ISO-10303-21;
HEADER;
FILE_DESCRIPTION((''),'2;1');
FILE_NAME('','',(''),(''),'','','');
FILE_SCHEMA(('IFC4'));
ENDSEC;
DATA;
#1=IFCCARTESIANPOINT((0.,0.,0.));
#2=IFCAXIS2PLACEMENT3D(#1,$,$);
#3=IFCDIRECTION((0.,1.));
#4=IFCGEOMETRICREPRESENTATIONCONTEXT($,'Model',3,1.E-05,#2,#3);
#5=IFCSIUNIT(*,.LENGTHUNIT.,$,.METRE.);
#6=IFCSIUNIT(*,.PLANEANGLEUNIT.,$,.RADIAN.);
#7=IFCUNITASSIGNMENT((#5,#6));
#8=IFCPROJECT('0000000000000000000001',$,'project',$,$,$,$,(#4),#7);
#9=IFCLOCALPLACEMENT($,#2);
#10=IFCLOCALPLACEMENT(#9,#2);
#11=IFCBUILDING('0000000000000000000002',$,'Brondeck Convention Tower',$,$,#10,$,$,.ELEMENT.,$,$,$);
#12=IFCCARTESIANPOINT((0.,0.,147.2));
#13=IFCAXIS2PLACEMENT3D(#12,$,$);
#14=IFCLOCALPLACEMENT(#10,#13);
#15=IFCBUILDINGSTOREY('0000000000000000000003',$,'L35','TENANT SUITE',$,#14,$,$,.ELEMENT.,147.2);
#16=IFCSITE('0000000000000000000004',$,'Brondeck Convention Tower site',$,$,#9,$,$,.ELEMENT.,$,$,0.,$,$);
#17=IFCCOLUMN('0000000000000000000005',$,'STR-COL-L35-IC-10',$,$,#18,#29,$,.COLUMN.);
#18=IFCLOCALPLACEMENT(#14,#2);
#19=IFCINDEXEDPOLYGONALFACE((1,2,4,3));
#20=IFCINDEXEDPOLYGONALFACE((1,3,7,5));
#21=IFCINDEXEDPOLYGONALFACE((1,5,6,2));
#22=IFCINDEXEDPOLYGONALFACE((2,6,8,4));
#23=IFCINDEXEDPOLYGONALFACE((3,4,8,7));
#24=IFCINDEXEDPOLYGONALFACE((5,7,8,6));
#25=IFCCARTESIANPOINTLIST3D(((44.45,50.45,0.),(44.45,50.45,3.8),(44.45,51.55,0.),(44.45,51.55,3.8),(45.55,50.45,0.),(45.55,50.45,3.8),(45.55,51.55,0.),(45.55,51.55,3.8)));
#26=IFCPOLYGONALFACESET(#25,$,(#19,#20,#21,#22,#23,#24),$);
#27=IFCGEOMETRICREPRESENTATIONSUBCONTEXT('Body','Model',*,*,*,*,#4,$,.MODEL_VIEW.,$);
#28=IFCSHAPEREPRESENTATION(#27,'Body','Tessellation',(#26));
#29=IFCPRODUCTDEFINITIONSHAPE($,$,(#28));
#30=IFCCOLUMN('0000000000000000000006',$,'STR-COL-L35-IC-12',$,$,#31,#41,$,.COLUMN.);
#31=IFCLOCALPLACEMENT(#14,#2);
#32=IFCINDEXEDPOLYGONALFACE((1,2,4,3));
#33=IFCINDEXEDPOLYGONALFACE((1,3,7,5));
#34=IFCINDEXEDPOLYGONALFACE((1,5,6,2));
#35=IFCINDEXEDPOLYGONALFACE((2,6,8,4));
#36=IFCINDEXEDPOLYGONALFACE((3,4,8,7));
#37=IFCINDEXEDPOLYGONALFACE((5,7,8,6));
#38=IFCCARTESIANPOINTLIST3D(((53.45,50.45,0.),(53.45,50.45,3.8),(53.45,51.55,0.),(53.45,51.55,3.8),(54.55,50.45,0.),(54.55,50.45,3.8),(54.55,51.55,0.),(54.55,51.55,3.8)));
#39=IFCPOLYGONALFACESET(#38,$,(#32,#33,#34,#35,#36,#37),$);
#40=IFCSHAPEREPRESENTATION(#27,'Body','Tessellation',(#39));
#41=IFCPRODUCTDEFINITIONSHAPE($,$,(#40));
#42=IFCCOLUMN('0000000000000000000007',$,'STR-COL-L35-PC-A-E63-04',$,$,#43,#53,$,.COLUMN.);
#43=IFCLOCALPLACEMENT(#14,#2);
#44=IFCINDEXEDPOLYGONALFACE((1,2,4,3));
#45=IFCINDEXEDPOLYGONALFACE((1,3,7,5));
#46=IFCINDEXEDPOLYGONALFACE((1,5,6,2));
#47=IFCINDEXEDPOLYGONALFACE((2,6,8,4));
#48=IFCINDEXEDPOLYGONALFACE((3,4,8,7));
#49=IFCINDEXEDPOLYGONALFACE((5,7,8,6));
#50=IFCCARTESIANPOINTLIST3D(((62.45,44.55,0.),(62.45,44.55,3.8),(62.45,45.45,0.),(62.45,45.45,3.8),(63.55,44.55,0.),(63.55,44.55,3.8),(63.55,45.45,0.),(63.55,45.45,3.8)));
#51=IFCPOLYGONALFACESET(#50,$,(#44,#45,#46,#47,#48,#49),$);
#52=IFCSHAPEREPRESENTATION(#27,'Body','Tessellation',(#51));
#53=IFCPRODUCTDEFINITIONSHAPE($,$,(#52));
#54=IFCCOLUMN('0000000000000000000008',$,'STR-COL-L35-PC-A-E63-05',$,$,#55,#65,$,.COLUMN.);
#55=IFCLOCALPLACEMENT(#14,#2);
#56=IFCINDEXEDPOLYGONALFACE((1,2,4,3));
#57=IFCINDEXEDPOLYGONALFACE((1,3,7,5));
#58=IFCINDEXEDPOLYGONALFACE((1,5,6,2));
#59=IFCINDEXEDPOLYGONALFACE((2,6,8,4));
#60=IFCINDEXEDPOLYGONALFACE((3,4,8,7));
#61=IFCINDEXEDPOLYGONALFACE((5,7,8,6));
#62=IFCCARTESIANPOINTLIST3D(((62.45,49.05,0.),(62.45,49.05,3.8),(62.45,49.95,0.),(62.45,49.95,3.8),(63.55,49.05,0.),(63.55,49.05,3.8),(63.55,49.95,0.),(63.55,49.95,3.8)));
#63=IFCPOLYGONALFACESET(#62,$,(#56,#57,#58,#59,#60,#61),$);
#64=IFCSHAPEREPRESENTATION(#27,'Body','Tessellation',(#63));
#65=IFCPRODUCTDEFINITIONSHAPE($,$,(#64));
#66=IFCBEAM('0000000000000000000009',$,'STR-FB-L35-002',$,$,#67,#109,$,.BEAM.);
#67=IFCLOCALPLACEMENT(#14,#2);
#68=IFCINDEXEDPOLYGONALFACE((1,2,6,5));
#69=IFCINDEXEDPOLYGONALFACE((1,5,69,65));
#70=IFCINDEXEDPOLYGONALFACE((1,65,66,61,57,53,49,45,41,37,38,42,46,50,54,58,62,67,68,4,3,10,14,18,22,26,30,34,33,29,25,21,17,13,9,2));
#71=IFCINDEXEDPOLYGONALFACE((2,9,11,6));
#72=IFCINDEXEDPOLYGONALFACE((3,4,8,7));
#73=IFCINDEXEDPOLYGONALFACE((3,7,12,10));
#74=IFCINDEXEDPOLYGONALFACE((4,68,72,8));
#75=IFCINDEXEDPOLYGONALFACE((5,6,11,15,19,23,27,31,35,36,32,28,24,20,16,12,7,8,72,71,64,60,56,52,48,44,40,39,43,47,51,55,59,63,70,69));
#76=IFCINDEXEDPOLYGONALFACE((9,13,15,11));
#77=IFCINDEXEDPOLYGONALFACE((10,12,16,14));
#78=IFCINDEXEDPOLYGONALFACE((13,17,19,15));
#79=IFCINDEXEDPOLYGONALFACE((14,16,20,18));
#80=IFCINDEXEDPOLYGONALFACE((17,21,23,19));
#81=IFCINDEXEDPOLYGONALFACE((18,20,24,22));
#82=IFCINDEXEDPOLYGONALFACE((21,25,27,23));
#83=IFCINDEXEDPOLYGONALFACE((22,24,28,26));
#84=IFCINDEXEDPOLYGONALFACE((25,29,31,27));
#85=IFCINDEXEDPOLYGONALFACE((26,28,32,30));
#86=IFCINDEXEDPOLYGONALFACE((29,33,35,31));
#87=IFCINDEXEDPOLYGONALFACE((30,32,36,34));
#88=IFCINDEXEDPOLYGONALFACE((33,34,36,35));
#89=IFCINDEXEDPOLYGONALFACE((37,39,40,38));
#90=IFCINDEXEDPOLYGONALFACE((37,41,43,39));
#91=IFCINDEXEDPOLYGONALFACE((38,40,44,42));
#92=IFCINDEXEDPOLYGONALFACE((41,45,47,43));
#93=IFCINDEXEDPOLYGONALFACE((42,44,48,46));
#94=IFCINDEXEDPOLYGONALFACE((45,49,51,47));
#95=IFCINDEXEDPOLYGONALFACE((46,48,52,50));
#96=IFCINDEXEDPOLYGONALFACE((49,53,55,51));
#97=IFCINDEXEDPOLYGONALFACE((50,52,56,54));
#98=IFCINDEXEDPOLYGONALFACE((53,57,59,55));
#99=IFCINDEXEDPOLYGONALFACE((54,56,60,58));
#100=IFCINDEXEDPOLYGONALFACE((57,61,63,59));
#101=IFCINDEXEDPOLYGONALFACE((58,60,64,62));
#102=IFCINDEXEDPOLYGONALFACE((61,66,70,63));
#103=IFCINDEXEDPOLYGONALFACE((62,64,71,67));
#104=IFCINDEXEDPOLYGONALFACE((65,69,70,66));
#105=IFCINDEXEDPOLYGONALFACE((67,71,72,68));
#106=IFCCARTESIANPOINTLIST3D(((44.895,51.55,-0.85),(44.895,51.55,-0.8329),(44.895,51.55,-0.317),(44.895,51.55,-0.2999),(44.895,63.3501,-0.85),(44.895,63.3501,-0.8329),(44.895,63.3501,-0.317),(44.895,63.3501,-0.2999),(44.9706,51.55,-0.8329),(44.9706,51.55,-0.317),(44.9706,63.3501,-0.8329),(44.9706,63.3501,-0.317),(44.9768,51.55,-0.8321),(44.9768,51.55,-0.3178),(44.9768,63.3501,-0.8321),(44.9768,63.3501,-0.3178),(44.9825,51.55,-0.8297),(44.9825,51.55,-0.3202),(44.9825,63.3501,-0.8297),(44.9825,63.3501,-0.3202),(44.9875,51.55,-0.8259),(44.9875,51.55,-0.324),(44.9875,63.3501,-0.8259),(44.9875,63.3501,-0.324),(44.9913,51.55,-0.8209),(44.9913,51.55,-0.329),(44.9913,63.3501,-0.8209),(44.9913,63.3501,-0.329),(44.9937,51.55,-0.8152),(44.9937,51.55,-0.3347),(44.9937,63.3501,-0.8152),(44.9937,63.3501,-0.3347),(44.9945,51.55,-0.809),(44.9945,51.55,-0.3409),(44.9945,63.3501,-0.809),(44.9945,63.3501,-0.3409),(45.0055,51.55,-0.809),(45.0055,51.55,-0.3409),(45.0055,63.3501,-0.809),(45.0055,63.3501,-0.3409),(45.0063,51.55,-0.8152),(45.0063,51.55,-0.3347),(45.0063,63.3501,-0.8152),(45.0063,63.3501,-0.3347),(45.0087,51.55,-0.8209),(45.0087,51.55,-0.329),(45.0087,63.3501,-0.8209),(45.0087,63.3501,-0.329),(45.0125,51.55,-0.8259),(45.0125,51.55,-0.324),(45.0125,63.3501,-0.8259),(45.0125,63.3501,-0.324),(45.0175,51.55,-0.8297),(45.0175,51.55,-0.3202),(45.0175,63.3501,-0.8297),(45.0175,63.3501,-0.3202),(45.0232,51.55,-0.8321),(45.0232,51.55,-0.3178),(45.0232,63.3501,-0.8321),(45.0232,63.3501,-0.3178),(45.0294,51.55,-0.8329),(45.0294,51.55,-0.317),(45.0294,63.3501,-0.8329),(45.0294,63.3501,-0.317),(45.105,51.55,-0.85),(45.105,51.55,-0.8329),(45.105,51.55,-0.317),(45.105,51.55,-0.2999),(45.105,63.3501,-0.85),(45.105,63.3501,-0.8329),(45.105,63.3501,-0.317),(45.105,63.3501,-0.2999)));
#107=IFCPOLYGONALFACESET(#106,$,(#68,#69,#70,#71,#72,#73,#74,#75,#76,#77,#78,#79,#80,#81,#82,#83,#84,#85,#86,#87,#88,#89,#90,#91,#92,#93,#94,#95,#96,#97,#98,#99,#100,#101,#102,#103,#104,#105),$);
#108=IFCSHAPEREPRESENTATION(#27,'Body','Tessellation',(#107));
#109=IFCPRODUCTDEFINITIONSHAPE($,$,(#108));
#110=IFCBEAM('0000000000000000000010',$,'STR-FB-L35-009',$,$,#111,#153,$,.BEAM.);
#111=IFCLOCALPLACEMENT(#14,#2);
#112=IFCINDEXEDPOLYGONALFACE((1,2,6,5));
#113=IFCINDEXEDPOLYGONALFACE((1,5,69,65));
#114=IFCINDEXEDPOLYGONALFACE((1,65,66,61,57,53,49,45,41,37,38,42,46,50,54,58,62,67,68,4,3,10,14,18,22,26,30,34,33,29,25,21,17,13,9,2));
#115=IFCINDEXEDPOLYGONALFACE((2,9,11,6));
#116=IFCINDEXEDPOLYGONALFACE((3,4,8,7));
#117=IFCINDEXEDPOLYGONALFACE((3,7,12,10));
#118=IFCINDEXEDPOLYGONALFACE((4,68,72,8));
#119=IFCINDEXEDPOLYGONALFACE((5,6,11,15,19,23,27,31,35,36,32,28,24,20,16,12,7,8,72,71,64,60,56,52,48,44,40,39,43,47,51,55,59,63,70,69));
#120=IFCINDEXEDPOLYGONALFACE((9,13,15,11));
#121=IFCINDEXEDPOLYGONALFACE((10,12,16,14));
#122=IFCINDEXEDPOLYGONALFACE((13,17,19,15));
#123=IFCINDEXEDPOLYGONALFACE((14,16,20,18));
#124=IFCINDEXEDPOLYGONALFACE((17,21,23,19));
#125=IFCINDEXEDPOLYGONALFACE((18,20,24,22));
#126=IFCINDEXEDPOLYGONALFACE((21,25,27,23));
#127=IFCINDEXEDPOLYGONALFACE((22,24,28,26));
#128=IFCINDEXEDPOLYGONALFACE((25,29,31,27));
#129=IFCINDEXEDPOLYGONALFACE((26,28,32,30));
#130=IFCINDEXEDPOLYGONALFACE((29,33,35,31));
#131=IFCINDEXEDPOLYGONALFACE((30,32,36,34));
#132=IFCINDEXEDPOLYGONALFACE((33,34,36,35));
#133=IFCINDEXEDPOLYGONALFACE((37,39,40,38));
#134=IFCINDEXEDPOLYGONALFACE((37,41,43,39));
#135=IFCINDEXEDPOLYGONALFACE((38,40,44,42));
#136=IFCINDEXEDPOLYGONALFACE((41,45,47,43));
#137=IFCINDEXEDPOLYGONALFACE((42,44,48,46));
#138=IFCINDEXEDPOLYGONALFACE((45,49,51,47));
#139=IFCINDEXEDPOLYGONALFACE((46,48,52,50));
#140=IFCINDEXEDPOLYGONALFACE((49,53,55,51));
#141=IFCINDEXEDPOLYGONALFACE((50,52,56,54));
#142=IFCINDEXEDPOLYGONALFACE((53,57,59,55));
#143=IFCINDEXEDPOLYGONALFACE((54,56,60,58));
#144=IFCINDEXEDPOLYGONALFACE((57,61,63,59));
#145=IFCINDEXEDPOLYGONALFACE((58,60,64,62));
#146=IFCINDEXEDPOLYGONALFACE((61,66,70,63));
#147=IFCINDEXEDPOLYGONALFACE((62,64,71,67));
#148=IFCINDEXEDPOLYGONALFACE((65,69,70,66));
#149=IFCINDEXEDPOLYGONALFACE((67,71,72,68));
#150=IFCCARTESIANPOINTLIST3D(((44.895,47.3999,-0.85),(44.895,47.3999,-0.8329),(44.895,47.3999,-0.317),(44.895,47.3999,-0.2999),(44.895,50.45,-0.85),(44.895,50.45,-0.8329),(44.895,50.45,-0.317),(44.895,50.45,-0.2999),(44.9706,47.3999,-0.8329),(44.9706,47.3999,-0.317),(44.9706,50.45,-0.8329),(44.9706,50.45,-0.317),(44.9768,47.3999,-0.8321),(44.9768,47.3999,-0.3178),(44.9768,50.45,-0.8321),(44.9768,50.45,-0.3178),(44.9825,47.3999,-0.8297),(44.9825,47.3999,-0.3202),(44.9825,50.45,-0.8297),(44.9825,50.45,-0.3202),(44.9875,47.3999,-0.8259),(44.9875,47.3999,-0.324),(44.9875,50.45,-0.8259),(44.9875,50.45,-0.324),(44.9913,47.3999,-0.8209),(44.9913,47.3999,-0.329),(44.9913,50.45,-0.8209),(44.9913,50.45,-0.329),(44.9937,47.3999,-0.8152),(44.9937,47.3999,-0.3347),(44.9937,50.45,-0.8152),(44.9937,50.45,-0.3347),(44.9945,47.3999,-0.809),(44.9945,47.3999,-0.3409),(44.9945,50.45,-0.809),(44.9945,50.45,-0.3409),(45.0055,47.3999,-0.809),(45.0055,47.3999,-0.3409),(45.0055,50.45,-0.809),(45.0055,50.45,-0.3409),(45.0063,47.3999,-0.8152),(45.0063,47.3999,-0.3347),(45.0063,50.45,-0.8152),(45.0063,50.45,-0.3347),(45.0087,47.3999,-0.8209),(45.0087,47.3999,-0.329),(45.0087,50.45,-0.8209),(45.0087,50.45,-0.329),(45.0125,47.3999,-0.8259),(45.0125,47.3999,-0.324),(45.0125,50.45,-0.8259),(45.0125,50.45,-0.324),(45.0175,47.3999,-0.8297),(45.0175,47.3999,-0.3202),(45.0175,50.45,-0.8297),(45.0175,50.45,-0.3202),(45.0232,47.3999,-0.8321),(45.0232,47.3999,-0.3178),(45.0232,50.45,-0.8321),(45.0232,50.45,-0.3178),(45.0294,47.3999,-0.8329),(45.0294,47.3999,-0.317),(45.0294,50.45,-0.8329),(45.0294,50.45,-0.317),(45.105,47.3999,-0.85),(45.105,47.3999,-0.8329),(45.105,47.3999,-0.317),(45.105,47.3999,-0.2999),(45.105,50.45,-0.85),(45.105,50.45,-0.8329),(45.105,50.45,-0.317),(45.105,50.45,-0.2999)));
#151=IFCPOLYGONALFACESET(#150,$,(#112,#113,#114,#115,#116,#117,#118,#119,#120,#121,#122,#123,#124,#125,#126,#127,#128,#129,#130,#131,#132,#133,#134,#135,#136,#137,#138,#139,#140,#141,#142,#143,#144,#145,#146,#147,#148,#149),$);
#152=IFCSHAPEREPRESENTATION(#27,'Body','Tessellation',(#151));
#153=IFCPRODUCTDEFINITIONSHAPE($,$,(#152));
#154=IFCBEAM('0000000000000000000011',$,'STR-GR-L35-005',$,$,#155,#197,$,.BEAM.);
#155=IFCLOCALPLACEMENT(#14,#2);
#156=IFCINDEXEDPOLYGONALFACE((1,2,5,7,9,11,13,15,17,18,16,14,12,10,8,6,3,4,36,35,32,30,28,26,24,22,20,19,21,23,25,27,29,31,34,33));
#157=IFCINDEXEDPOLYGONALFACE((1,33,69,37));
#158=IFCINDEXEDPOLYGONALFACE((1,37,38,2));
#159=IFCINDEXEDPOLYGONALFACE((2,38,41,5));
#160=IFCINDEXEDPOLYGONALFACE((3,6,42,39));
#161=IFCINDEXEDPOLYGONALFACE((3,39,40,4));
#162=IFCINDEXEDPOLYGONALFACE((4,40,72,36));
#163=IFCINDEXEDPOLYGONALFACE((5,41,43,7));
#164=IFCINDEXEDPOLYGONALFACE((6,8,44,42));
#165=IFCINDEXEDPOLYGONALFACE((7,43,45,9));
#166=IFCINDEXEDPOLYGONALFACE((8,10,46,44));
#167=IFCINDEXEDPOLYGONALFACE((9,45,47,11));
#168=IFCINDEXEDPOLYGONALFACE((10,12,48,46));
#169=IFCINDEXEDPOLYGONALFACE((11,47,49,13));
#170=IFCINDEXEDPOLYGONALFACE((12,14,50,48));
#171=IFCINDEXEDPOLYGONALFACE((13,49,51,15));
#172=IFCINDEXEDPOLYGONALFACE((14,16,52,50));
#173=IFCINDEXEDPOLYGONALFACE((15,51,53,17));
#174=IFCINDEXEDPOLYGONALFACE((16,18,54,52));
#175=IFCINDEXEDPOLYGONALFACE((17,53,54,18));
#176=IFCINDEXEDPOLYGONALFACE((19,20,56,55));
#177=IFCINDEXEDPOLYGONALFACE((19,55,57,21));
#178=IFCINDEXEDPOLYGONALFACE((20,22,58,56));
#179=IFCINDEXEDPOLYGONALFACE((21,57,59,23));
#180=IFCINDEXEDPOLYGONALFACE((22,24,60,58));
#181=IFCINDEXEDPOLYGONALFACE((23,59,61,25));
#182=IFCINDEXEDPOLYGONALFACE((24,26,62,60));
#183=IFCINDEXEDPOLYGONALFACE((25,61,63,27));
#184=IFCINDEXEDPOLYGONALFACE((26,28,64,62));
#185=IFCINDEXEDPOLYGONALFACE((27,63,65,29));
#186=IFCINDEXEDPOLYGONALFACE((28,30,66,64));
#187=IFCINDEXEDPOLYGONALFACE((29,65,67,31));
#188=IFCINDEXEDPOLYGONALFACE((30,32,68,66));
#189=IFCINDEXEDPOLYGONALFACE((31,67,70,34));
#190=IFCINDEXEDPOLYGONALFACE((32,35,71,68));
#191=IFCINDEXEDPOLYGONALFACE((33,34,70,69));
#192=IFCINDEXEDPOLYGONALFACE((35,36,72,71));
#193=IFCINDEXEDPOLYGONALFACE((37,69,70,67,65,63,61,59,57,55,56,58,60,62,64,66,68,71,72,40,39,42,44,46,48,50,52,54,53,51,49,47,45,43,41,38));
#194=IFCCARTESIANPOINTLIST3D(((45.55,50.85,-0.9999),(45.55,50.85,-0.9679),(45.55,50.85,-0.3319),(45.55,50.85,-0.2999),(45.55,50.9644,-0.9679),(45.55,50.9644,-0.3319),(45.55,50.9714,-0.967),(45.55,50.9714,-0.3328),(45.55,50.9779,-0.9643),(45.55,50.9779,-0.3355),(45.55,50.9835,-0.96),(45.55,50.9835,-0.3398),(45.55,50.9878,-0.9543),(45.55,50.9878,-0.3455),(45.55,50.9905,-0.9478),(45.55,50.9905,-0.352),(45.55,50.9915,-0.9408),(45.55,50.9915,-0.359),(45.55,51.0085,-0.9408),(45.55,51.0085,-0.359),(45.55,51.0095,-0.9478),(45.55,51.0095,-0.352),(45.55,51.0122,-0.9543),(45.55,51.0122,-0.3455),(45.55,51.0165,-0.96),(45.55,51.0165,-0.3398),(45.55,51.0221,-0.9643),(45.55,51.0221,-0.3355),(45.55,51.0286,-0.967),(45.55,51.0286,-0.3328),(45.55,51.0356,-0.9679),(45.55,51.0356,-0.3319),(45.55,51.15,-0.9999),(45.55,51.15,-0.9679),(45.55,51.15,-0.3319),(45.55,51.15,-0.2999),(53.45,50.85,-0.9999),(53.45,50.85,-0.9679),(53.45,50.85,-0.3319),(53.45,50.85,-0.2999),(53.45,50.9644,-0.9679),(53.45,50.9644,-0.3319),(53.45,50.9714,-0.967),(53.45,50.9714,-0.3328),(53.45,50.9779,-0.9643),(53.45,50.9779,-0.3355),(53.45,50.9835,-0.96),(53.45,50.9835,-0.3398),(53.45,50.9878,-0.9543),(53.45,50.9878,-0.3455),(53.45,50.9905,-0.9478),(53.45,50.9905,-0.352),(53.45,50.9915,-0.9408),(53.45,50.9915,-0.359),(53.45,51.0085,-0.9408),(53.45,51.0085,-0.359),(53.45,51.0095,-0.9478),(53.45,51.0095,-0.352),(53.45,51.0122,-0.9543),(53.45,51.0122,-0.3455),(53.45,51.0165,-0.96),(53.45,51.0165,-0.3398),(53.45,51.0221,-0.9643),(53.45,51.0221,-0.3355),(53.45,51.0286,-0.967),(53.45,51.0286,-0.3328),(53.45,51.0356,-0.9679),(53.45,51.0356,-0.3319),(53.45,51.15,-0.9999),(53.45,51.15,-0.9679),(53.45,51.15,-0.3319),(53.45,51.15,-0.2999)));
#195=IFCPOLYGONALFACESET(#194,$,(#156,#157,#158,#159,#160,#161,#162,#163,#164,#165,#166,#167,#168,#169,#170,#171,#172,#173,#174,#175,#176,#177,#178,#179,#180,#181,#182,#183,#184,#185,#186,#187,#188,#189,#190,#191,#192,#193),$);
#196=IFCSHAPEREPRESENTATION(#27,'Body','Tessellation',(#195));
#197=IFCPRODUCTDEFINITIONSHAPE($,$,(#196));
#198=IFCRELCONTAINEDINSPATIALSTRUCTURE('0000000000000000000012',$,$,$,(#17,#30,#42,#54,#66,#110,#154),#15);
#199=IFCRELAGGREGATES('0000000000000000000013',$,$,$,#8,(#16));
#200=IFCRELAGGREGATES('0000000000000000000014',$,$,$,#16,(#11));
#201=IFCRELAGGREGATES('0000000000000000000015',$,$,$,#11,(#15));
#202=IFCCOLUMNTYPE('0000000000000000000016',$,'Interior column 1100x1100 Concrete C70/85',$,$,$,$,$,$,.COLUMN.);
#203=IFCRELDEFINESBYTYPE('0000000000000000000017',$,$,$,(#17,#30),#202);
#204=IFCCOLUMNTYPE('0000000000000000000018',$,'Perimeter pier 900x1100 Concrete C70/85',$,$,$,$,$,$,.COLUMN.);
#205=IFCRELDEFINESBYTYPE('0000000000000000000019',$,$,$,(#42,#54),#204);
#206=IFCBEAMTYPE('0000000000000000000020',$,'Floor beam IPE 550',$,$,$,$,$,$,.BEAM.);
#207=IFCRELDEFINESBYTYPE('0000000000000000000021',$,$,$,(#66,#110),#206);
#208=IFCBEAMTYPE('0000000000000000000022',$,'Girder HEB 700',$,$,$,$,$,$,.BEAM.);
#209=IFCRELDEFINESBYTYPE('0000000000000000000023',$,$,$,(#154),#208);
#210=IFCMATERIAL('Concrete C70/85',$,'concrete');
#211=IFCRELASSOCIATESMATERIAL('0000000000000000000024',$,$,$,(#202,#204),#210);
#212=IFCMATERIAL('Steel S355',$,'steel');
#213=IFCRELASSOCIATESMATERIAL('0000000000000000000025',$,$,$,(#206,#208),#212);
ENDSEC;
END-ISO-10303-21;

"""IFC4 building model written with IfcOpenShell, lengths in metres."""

from ifc_helpers import new_model, si_unit, direction, frame, origin, origin_2d, place, context, subcontext, project, spatial, rectangle, i_section, extrude, material, material_profile, profile_set, type_object, element, save


model = new_model("IFC4")

# Units and contexts
model_context = context("Model", 3, precision=1e-05, world=origin(), true_north=direction((0.0, 1.0)))
body_context = subcontext(model_context, "Body", "Model", "MODEL_VIEW")
ifc_project = project(units=[si_unit("LENGTHUNIT", "METRE"), si_unit("PLANEANGLEUNIT", "RADIAN")], contexts=[model_context])

# Site, building, storey
site_placement = place(None, origin())
site = spatial("IfcSite", under=ifc_project, at=site_placement, Name="Brondeck Convention Tower site", CompositionType="ELEMENT", RefElevation=0.0)
building_placement = place(site_placement, origin())
building = spatial("IfcBuilding", under=site, at=building_placement, Name="Brondeck Convention Tower", CompositionType="ELEMENT")
storey_placement = place(building_placement, frame((0.0, 0.0, 147.2)))
storey = spatial("IfcBuildingStorey", under=building, at=storey_placement, Name="L35", Description="TENANT SUITE", CompositionType="ELEMENT", Elevation=147.2)

# Columns
ifc_material_1 = material(Name="Concrete C70/85", Category="concrete")
ifc_material_profile_1 = material_profile(ifc_material_1, rectangle(XDim=1.1001, YDim=1.1001, at=origin_2d()), Name="Interior column 1100x1100 Concrete C70/85")
ifc_profile_set_1 = profile_set([ifc_material_profile_1], Name="Concrete C70/85")
column_type_1 = type_object("IfcColumnType", Name="Interior column 1100x1100 Concrete C70/85", PredefinedType="COLUMN", material=ifc_profile_set_1)
for number, where, z_axis, x_axis, name in (
    (1, (45.0, 51.0, 0.0), (0.0, 0.0, 1.0), (1.0, 0.0, 0.0), "STR-COL-L35-IC-10"),
    (2, (54.0, 51.0, 0.0), (0.0, 0.0, 1.0), (1.0, 0.0, 0.0), "STR-COL-L35-IC-12"),
):
    element("IfcColumn", number, at=place(storey_placement, frame(where, z_axis=z_axis, x_axis=x_axis)), inside=storey, type_object=column_type_1, Name=name, PredefinedType="COLUMN", context=body_context, shape_type="SweptSolid", body=[
        extrude(rectangle(XDim=1.1001, YDim=1.1001, at=origin_2d()), origin(), (0.0, 0.0, 1.0), 3.8),
    ])
ifc_material_profile_2 = material_profile(ifc_material_1, rectangle(XDim=0.8999, YDim=1.1001, at=origin_2d()), Name="Perimeter pier 900x1100 Concrete C70/85")
ifc_profile_set_2 = profile_set([ifc_material_profile_2], Name="Concrete C70/85")
column_type_2 = type_object("IfcColumnType", Name="Perimeter pier 900x1100 Concrete C70/85", PredefinedType="COLUMN", material=ifc_profile_set_2)
for number, where, z_axis, x_axis, name in (
    (3, (63.0, 45.0, 0.0), (0.0, 0.0, 1.0), (0.0, 1.0, 0.0), "STR-COL-L35-PC-A-E63-04"),
    (4, (63.0, 49.5, 0.0), (0.0, 0.0, 1.0), (0.0, 1.0, 0.0), "STR-COL-L35-PC-A-E63-05"),
):
    element("IfcColumn", number, at=place(storey_placement, frame(where, z_axis=z_axis, x_axis=x_axis)), inside=storey, type_object=column_type_2, Name=name, PredefinedType="COLUMN", context=body_context, shape_type="SweptSolid", body=[
        extrude(rectangle(XDim=0.8999, YDim=1.1001, at=origin_2d()), origin(), (0.0, 0.0, 1.0), 3.8),
    ])

# Beams
ifc_material_2 = material(Name="Steel S355", Category="steel")
ifc_material_profile_3 = material_profile(ifc_material_2, i_section(OverallWidth=0.21, OverallDepth=0.55, WebThickness=0.011, FlangeThickness=0.0171, FilletRadius=0.0239, at=origin_2d()), Name="IPE 550")
ifc_profile_set_3 = profile_set([ifc_material_profile_3], Name="Steel S355")
beam_type_1 = type_object("IfcBeamType", Name="Floor beam IPE 550", PredefinedType="BEAM", material=ifc_profile_set_3)
beam_1_placement = place(storey_placement, frame((45.0, 51.55, -0.575), z_axis=(0.0, 1.0, 0.0), x_axis=(-1.0, 0.0, 0.0)))
element("IfcBeam", 5, at=beam_1_placement, inside=storey, type_object=beam_type_1, Name="STR-FB-L35-002", PredefinedType="BEAM", context=body_context, shape_type="SweptSolid", body=[
    extrude(i_section(OverallWidth=0.21, OverallDepth=0.55, WebThickness=0.011, FlangeThickness=0.0171, FilletRadius=0.0239, at=origin_2d()), origin(), (0.0, 0.0, 1.0), 11.8),
])
beam_2_placement = place(storey_placement, frame((45.0, 47.3999, -0.575), z_axis=(0.0, 1.0, 0.0), x_axis=(-1.0, 0.0, 0.0)))
element("IfcBeam", 6, at=beam_2_placement, inside=storey, type_object=beam_type_1, Name="STR-FB-L35-009", PredefinedType="BEAM", context=body_context, shape_type="SweptSolid", body=[
    extrude(i_section(OverallWidth=0.21, OverallDepth=0.55, WebThickness=0.011, FlangeThickness=0.0171, FilletRadius=0.0239, at=origin_2d()), origin(), (0.0, 0.0, 1.0), 3.05),
])
ifc_material_profile_4 = material_profile(ifc_material_2, i_section(OverallWidth=0.3, OverallDepth=0.7, WebThickness=0.0171, FlangeThickness=0.032, FilletRadius=0.0271, at=origin_2d()), Name="HEB 700")
ifc_profile_set_4 = profile_set([ifc_material_profile_4], Name="Steel S355")
beam_type_2 = type_object("IfcBeamType", Name="Girder HEB 700", PredefinedType="BEAM", material=ifc_profile_set_4)
beam_3_placement = place(storey_placement, frame((45.55, 51.0, -0.6499), z_axis=(1.0, 0.0, 0.0), x_axis=(0.0, 1.0, 0.0)))
element("IfcBeam", 7, at=beam_3_placement, inside=storey, type_object=beam_type_2, Name="STR-GR-L35-005", PredefinedType="BEAM", context=body_context, shape_type="SweptSolid", body=[
    extrude(i_section(OverallWidth=0.3, OverallDepth=0.7, WebThickness=0.0171, FlangeThickness=0.032, FilletRadius=0.0271, at=origin_2d()), origin(), (0.0, 0.0, 1.0), 7.8999),
])

save(model, "model.ifc")
